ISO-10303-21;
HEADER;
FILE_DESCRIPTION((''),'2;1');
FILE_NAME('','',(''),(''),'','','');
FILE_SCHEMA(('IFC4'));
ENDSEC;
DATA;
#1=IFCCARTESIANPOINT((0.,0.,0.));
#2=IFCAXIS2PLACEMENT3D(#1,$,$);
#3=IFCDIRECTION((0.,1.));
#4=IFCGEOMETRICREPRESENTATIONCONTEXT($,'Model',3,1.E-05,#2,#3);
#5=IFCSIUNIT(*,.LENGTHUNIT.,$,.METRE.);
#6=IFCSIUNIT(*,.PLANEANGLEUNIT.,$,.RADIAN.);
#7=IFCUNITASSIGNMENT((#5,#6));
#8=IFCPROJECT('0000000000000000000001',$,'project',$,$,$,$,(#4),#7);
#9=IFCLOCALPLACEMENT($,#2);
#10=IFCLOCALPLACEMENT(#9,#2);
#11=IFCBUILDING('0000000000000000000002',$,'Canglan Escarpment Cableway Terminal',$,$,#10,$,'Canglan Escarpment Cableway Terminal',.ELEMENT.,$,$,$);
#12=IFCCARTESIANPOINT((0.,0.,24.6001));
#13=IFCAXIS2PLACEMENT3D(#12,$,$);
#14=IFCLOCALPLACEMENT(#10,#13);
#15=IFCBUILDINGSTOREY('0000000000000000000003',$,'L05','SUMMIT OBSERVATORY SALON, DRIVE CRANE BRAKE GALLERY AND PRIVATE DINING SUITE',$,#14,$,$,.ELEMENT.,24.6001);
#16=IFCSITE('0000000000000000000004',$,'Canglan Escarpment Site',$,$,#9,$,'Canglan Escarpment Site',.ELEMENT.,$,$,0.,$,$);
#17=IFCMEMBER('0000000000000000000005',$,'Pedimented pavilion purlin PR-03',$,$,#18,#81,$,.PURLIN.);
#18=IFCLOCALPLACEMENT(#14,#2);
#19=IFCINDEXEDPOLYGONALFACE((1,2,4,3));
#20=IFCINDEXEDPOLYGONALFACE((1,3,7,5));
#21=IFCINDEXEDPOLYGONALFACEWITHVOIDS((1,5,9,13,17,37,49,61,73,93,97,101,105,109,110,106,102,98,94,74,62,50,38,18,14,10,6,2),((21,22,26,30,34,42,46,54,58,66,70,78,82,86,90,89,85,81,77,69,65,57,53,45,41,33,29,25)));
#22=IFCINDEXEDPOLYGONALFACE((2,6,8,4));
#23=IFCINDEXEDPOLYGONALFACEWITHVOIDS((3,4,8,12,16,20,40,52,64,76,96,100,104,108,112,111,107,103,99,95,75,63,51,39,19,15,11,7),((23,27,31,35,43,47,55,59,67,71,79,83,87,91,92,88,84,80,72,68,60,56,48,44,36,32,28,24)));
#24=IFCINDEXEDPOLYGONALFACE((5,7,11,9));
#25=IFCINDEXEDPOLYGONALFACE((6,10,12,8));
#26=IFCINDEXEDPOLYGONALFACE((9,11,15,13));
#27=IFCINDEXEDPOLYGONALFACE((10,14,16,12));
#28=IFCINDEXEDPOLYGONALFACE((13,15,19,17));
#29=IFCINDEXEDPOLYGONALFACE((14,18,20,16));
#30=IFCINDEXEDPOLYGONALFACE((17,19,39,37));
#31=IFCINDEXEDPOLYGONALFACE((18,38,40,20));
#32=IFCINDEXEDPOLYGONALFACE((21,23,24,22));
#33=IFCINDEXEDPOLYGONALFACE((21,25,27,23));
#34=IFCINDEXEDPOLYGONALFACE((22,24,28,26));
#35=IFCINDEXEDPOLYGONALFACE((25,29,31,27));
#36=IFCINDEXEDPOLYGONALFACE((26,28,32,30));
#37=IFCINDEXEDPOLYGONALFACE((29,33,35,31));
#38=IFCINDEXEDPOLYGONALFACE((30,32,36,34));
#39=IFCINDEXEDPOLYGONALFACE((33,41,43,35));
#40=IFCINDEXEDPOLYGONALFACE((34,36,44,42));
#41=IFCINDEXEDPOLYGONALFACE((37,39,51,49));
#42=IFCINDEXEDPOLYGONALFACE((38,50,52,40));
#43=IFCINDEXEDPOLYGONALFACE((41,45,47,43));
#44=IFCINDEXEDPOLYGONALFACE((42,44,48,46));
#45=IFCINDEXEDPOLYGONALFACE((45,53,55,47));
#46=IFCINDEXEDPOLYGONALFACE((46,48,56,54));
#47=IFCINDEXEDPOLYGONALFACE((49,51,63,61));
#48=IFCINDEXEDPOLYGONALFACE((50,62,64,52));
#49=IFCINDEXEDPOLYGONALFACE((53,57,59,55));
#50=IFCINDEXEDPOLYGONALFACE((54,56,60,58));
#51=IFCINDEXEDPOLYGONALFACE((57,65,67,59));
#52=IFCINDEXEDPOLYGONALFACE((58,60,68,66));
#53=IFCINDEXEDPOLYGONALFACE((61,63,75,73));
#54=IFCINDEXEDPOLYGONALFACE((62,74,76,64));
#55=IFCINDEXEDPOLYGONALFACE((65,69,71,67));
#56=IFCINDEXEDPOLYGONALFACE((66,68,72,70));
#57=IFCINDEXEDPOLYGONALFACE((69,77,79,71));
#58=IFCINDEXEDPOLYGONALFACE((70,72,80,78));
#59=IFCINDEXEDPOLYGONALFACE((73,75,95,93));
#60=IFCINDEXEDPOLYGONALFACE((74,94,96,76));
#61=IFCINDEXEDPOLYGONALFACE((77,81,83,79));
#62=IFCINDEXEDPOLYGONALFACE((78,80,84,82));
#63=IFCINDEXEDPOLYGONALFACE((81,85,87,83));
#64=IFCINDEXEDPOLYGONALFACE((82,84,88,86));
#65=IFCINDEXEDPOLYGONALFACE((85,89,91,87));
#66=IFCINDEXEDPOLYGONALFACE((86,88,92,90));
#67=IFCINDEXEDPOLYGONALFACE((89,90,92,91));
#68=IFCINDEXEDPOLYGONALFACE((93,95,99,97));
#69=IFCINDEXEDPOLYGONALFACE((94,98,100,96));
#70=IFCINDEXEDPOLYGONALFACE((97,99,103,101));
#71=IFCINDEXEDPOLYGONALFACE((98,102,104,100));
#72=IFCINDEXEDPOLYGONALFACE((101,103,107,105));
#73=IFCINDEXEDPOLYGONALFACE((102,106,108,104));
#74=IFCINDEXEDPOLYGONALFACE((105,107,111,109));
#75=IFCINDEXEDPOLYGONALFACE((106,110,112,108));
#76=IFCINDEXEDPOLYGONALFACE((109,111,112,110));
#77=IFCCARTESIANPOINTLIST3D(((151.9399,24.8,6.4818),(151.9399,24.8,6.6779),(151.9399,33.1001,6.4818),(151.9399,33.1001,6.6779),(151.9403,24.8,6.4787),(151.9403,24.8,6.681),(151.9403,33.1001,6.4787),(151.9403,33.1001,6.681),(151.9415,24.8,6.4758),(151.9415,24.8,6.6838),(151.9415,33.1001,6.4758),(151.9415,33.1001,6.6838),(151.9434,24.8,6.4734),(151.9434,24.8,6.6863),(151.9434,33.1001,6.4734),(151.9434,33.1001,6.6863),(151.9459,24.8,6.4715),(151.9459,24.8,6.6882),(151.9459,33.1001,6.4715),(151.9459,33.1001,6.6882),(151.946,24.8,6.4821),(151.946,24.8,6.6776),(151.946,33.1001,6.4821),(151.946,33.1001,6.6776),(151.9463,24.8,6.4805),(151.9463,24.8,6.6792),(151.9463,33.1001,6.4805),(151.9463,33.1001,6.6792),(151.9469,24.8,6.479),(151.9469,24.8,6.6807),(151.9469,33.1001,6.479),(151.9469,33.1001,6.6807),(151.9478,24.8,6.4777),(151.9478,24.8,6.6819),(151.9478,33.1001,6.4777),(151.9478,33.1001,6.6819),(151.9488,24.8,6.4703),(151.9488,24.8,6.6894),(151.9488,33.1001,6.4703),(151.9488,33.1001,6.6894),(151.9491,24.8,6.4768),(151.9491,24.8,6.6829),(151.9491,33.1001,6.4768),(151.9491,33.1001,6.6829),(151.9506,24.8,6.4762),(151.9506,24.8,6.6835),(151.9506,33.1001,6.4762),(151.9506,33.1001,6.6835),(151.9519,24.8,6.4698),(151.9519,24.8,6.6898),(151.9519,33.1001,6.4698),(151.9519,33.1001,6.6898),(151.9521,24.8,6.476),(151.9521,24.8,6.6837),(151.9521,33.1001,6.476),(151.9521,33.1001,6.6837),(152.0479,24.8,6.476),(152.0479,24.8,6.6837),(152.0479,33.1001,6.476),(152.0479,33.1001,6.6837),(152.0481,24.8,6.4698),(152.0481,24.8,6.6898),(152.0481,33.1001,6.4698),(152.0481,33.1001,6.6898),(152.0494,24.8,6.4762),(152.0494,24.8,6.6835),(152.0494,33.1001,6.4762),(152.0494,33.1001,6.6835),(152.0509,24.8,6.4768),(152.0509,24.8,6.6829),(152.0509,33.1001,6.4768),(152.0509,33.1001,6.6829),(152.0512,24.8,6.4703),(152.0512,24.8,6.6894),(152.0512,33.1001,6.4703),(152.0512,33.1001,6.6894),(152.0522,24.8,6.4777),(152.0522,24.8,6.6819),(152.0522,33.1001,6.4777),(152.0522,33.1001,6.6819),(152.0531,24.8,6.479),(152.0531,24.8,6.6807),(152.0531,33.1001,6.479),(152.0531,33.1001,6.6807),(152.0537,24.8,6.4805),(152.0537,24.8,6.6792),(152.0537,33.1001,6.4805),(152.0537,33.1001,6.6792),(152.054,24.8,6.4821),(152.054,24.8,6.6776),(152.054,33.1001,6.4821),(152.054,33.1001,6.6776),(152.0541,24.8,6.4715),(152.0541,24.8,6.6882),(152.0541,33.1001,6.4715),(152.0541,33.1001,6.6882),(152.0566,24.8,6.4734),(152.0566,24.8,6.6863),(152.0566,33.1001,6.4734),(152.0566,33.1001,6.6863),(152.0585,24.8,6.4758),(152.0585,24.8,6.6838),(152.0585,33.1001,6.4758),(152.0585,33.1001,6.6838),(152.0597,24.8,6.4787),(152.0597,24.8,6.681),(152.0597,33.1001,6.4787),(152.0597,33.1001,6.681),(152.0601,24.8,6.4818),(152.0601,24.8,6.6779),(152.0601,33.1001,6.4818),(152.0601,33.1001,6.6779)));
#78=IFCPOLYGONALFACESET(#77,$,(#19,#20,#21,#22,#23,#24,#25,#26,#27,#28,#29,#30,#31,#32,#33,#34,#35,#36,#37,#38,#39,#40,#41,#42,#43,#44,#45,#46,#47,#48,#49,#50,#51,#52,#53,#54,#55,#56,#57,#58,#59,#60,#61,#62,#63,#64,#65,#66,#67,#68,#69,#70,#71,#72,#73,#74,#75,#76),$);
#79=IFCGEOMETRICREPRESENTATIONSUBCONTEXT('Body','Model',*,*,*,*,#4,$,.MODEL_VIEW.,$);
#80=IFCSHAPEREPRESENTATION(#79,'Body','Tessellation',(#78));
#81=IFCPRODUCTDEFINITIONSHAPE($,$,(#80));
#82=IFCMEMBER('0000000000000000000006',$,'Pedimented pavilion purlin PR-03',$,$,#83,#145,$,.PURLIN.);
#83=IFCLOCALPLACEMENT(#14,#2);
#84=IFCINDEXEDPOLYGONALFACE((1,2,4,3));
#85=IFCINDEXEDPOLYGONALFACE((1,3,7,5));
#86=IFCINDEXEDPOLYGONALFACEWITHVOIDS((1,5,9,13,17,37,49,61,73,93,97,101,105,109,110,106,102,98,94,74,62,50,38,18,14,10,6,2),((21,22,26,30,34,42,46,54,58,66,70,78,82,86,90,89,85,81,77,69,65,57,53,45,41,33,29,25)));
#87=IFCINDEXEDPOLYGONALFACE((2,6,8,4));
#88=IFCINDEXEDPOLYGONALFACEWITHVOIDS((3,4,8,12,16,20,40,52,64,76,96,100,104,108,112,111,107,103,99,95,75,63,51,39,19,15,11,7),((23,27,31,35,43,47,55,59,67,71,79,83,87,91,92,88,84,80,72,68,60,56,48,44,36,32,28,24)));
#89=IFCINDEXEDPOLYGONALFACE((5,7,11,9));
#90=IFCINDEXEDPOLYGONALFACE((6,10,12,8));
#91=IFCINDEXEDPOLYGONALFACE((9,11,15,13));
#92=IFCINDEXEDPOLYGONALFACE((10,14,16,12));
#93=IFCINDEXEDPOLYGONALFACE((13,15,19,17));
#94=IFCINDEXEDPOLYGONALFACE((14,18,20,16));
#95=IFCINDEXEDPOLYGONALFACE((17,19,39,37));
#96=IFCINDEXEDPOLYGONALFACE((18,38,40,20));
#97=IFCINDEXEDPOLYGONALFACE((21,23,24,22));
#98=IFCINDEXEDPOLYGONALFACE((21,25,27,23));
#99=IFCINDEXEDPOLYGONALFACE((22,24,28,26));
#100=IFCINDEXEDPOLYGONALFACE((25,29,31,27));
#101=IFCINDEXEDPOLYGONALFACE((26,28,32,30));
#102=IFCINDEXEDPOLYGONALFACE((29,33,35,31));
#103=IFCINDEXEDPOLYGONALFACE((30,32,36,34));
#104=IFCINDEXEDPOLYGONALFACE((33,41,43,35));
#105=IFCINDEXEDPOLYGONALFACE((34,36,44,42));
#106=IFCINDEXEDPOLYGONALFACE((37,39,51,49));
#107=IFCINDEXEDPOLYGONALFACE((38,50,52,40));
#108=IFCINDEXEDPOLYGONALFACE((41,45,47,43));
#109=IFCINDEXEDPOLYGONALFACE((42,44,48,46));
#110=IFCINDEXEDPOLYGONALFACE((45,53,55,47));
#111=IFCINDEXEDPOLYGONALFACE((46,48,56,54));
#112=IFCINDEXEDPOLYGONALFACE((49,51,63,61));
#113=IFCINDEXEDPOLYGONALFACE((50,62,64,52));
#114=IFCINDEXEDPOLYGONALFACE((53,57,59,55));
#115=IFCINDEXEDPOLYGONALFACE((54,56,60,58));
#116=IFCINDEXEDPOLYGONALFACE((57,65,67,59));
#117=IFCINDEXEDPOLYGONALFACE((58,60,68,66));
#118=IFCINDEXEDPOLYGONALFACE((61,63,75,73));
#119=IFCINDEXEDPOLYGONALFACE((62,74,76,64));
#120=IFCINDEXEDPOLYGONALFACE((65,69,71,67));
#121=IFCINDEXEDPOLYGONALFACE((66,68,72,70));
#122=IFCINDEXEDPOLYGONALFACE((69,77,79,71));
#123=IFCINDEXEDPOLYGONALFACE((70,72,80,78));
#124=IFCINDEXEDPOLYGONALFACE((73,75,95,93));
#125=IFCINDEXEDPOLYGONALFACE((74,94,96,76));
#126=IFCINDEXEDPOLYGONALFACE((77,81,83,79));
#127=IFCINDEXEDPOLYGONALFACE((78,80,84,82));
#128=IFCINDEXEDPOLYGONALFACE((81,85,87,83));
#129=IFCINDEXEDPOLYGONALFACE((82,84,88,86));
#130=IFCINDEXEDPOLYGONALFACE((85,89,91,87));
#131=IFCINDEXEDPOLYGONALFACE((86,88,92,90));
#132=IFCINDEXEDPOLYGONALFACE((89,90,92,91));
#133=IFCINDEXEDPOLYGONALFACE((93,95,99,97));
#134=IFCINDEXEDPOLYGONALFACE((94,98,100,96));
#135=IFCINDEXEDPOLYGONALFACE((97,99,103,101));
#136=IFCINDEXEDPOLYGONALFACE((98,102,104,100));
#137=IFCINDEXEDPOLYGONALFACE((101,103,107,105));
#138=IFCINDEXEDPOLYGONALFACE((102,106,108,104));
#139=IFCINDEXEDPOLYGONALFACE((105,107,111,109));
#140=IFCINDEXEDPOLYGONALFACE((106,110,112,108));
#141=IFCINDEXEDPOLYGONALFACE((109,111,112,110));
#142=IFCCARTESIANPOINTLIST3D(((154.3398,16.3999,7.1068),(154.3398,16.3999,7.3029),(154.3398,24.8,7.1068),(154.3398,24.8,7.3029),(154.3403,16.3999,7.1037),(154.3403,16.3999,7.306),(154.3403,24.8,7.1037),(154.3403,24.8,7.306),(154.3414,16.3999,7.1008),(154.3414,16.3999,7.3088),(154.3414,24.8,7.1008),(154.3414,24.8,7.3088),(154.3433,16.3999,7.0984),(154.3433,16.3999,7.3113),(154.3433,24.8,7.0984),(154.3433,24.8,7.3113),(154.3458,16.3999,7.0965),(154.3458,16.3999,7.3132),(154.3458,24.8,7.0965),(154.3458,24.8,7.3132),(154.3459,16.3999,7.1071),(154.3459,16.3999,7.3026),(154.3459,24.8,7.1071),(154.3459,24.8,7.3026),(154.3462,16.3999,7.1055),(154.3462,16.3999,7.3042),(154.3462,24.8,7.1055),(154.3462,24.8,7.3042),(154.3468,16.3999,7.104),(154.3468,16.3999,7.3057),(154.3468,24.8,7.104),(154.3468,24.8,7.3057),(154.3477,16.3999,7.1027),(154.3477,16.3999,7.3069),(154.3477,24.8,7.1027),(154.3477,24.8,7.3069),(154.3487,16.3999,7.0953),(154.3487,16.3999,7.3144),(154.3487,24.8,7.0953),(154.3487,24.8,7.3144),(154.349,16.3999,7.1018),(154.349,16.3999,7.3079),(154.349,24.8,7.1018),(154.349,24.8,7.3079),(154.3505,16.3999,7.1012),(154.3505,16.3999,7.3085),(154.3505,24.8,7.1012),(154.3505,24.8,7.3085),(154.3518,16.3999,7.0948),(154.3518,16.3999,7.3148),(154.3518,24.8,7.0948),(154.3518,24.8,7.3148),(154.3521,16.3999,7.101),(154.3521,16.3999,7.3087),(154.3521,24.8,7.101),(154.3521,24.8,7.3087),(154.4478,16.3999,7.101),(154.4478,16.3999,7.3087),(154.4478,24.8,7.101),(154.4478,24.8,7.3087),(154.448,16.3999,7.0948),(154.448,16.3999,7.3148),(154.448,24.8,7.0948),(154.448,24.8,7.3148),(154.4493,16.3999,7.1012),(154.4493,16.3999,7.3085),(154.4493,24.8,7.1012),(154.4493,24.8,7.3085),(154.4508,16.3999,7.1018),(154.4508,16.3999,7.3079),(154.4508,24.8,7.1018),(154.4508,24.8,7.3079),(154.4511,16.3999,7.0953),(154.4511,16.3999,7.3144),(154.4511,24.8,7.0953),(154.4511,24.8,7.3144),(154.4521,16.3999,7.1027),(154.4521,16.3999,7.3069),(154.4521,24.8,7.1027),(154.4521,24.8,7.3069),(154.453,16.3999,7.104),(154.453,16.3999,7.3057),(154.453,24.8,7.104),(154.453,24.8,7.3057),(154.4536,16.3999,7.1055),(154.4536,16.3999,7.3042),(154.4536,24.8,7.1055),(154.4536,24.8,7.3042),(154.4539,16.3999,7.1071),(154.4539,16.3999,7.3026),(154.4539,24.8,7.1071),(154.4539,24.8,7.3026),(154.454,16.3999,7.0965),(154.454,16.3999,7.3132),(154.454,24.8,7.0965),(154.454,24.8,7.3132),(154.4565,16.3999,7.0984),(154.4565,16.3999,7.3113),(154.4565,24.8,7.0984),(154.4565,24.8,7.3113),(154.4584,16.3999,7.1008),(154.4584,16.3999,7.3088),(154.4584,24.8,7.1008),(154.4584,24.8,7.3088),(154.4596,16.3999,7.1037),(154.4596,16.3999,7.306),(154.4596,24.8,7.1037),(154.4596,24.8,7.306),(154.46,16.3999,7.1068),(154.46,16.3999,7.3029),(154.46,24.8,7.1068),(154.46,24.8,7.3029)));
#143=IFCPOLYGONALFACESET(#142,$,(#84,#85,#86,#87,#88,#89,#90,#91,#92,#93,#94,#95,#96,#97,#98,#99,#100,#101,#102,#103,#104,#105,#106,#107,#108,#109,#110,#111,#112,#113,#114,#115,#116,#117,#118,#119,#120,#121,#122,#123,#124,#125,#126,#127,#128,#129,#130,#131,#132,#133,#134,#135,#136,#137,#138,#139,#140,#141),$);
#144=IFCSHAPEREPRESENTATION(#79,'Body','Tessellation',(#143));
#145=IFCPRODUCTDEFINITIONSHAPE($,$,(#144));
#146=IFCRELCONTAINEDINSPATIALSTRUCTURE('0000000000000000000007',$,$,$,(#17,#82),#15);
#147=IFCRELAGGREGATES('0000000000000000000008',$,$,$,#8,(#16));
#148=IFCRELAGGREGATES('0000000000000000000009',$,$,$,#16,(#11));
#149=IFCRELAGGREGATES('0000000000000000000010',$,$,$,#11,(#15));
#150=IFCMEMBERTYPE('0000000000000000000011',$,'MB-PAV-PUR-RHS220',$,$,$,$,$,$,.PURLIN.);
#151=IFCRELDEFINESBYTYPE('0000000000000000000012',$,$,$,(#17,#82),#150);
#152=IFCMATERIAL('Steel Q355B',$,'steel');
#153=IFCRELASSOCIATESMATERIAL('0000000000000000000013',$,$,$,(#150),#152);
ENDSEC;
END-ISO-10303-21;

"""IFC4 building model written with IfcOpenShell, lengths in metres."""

from ifc_helpers import new_model, si_unit, direction, frame, origin, origin_2d, place, context, subcontext, project, spatial, hollow_rectangle, extrude, material, material_profile, profile_set, type_object, element, save


model = new_model("IFC4")

# Units and contexts
model_context = context("Model", 3, precision=1e-05, world=origin(), true_north=direction((0.0, 1.0)))
body_context = subcontext(model_context, "Body", "Model", "MODEL_VIEW")
ifc_project = project(units=[si_unit("LENGTHUNIT", "METRE"), si_unit("PLANEANGLEUNIT", "RADIAN")], contexts=[model_context])

# Site, building, storey
site_placement = place(None, origin())
site = spatial("IfcSite", under=ifc_project, at=site_placement, Name="Canglan Escarpment Site", LongName="Canglan Escarpment Site", CompositionType="ELEMENT", RefElevation=0.0)
building_placement = place(site_placement, origin())
building = spatial("IfcBuilding", under=site, at=building_placement, Name="Canglan Escarpment Cableway Terminal", LongName="Canglan Escarpment Cableway Terminal", CompositionType="ELEMENT")
storey_placement = place(building_placement, frame((0.0, 0.0, 24.6001)))
storey = spatial("IfcBuildingStorey", under=building, at=storey_placement, Name="L05", Description="SUMMIT OBSERVATORY SALON, DRIVE CRANE BRAKE GALLERY AND PRIVATE DINING SUITE", CompositionType="ELEMENT", Elevation=24.6001)

# Shared definitions
ifc_material_1 = material(Name="Steel Q355B", Category="steel")

# Members
ifc_material_profile_1 = material_profile(ifc_material_1, hollow_rectangle(XDim=0.1201, YDim=0.22, WallThickness=0.0061, InnerFilletRadius=0.0061, OuterFilletRadius=0.012, at=origin_2d()), Name="RHS 220x120x6")
ifc_profile_set_1 = profile_set([ifc_material_profile_1], Name="Steel Q355B")
member_type_1 = type_object("IfcMemberType", Name="MB-PAV-PUR-RHS220", PredefinedType="PURLIN", material=ifc_profile_set_1)
member_1_placement = place(storey_placement, frame((152.0, 24.8, 6.5798), z_axis=(0.0, 1.0, 0.0), x_axis=(-1.0, 0.0, 0.0)))
element("IfcMember", 1, at=member_1_placement, inside=storey, type_object=member_type_1, Name="Pedimented pavilion purlin PR-03", PredefinedType="PURLIN", context=body_context, shape_type="SweptSolid", body=[
    extrude(hollow_rectangle(XDim=0.1201, YDim=0.22, WallThickness=0.0061, InnerFilletRadius=0.0061, OuterFilletRadius=0.012, at=origin_2d()), origin(), (0.0, 0.0, 1.0), 8.3),
])
for number, where, z_axis, x_axis, name in (
    (2, (154.3999, 16.3999, 7.2048), (0.0, 1.0, 0.0), (-1.0, 0.0, 0.0), "Pedimented pavilion purlin PR-03"),
):
    element("IfcMember", number, at=place(storey_placement, frame(where, z_axis=z_axis, x_axis=x_axis)), inside=storey, type_object=member_type_1, Name=name, PredefinedType="PURLIN", context=body_context, shape_type="SweptSolid", body=[
        extrude(hollow_rectangle(XDim=0.1201, YDim=0.22, WallThickness=0.0061, InnerFilletRadius=0.0061, OuterFilletRadius=0.012, at=origin_2d()), origin(), (0.0, 0.0, 1.0), 8.4001),
    ])

save(model, "model.ifc")
